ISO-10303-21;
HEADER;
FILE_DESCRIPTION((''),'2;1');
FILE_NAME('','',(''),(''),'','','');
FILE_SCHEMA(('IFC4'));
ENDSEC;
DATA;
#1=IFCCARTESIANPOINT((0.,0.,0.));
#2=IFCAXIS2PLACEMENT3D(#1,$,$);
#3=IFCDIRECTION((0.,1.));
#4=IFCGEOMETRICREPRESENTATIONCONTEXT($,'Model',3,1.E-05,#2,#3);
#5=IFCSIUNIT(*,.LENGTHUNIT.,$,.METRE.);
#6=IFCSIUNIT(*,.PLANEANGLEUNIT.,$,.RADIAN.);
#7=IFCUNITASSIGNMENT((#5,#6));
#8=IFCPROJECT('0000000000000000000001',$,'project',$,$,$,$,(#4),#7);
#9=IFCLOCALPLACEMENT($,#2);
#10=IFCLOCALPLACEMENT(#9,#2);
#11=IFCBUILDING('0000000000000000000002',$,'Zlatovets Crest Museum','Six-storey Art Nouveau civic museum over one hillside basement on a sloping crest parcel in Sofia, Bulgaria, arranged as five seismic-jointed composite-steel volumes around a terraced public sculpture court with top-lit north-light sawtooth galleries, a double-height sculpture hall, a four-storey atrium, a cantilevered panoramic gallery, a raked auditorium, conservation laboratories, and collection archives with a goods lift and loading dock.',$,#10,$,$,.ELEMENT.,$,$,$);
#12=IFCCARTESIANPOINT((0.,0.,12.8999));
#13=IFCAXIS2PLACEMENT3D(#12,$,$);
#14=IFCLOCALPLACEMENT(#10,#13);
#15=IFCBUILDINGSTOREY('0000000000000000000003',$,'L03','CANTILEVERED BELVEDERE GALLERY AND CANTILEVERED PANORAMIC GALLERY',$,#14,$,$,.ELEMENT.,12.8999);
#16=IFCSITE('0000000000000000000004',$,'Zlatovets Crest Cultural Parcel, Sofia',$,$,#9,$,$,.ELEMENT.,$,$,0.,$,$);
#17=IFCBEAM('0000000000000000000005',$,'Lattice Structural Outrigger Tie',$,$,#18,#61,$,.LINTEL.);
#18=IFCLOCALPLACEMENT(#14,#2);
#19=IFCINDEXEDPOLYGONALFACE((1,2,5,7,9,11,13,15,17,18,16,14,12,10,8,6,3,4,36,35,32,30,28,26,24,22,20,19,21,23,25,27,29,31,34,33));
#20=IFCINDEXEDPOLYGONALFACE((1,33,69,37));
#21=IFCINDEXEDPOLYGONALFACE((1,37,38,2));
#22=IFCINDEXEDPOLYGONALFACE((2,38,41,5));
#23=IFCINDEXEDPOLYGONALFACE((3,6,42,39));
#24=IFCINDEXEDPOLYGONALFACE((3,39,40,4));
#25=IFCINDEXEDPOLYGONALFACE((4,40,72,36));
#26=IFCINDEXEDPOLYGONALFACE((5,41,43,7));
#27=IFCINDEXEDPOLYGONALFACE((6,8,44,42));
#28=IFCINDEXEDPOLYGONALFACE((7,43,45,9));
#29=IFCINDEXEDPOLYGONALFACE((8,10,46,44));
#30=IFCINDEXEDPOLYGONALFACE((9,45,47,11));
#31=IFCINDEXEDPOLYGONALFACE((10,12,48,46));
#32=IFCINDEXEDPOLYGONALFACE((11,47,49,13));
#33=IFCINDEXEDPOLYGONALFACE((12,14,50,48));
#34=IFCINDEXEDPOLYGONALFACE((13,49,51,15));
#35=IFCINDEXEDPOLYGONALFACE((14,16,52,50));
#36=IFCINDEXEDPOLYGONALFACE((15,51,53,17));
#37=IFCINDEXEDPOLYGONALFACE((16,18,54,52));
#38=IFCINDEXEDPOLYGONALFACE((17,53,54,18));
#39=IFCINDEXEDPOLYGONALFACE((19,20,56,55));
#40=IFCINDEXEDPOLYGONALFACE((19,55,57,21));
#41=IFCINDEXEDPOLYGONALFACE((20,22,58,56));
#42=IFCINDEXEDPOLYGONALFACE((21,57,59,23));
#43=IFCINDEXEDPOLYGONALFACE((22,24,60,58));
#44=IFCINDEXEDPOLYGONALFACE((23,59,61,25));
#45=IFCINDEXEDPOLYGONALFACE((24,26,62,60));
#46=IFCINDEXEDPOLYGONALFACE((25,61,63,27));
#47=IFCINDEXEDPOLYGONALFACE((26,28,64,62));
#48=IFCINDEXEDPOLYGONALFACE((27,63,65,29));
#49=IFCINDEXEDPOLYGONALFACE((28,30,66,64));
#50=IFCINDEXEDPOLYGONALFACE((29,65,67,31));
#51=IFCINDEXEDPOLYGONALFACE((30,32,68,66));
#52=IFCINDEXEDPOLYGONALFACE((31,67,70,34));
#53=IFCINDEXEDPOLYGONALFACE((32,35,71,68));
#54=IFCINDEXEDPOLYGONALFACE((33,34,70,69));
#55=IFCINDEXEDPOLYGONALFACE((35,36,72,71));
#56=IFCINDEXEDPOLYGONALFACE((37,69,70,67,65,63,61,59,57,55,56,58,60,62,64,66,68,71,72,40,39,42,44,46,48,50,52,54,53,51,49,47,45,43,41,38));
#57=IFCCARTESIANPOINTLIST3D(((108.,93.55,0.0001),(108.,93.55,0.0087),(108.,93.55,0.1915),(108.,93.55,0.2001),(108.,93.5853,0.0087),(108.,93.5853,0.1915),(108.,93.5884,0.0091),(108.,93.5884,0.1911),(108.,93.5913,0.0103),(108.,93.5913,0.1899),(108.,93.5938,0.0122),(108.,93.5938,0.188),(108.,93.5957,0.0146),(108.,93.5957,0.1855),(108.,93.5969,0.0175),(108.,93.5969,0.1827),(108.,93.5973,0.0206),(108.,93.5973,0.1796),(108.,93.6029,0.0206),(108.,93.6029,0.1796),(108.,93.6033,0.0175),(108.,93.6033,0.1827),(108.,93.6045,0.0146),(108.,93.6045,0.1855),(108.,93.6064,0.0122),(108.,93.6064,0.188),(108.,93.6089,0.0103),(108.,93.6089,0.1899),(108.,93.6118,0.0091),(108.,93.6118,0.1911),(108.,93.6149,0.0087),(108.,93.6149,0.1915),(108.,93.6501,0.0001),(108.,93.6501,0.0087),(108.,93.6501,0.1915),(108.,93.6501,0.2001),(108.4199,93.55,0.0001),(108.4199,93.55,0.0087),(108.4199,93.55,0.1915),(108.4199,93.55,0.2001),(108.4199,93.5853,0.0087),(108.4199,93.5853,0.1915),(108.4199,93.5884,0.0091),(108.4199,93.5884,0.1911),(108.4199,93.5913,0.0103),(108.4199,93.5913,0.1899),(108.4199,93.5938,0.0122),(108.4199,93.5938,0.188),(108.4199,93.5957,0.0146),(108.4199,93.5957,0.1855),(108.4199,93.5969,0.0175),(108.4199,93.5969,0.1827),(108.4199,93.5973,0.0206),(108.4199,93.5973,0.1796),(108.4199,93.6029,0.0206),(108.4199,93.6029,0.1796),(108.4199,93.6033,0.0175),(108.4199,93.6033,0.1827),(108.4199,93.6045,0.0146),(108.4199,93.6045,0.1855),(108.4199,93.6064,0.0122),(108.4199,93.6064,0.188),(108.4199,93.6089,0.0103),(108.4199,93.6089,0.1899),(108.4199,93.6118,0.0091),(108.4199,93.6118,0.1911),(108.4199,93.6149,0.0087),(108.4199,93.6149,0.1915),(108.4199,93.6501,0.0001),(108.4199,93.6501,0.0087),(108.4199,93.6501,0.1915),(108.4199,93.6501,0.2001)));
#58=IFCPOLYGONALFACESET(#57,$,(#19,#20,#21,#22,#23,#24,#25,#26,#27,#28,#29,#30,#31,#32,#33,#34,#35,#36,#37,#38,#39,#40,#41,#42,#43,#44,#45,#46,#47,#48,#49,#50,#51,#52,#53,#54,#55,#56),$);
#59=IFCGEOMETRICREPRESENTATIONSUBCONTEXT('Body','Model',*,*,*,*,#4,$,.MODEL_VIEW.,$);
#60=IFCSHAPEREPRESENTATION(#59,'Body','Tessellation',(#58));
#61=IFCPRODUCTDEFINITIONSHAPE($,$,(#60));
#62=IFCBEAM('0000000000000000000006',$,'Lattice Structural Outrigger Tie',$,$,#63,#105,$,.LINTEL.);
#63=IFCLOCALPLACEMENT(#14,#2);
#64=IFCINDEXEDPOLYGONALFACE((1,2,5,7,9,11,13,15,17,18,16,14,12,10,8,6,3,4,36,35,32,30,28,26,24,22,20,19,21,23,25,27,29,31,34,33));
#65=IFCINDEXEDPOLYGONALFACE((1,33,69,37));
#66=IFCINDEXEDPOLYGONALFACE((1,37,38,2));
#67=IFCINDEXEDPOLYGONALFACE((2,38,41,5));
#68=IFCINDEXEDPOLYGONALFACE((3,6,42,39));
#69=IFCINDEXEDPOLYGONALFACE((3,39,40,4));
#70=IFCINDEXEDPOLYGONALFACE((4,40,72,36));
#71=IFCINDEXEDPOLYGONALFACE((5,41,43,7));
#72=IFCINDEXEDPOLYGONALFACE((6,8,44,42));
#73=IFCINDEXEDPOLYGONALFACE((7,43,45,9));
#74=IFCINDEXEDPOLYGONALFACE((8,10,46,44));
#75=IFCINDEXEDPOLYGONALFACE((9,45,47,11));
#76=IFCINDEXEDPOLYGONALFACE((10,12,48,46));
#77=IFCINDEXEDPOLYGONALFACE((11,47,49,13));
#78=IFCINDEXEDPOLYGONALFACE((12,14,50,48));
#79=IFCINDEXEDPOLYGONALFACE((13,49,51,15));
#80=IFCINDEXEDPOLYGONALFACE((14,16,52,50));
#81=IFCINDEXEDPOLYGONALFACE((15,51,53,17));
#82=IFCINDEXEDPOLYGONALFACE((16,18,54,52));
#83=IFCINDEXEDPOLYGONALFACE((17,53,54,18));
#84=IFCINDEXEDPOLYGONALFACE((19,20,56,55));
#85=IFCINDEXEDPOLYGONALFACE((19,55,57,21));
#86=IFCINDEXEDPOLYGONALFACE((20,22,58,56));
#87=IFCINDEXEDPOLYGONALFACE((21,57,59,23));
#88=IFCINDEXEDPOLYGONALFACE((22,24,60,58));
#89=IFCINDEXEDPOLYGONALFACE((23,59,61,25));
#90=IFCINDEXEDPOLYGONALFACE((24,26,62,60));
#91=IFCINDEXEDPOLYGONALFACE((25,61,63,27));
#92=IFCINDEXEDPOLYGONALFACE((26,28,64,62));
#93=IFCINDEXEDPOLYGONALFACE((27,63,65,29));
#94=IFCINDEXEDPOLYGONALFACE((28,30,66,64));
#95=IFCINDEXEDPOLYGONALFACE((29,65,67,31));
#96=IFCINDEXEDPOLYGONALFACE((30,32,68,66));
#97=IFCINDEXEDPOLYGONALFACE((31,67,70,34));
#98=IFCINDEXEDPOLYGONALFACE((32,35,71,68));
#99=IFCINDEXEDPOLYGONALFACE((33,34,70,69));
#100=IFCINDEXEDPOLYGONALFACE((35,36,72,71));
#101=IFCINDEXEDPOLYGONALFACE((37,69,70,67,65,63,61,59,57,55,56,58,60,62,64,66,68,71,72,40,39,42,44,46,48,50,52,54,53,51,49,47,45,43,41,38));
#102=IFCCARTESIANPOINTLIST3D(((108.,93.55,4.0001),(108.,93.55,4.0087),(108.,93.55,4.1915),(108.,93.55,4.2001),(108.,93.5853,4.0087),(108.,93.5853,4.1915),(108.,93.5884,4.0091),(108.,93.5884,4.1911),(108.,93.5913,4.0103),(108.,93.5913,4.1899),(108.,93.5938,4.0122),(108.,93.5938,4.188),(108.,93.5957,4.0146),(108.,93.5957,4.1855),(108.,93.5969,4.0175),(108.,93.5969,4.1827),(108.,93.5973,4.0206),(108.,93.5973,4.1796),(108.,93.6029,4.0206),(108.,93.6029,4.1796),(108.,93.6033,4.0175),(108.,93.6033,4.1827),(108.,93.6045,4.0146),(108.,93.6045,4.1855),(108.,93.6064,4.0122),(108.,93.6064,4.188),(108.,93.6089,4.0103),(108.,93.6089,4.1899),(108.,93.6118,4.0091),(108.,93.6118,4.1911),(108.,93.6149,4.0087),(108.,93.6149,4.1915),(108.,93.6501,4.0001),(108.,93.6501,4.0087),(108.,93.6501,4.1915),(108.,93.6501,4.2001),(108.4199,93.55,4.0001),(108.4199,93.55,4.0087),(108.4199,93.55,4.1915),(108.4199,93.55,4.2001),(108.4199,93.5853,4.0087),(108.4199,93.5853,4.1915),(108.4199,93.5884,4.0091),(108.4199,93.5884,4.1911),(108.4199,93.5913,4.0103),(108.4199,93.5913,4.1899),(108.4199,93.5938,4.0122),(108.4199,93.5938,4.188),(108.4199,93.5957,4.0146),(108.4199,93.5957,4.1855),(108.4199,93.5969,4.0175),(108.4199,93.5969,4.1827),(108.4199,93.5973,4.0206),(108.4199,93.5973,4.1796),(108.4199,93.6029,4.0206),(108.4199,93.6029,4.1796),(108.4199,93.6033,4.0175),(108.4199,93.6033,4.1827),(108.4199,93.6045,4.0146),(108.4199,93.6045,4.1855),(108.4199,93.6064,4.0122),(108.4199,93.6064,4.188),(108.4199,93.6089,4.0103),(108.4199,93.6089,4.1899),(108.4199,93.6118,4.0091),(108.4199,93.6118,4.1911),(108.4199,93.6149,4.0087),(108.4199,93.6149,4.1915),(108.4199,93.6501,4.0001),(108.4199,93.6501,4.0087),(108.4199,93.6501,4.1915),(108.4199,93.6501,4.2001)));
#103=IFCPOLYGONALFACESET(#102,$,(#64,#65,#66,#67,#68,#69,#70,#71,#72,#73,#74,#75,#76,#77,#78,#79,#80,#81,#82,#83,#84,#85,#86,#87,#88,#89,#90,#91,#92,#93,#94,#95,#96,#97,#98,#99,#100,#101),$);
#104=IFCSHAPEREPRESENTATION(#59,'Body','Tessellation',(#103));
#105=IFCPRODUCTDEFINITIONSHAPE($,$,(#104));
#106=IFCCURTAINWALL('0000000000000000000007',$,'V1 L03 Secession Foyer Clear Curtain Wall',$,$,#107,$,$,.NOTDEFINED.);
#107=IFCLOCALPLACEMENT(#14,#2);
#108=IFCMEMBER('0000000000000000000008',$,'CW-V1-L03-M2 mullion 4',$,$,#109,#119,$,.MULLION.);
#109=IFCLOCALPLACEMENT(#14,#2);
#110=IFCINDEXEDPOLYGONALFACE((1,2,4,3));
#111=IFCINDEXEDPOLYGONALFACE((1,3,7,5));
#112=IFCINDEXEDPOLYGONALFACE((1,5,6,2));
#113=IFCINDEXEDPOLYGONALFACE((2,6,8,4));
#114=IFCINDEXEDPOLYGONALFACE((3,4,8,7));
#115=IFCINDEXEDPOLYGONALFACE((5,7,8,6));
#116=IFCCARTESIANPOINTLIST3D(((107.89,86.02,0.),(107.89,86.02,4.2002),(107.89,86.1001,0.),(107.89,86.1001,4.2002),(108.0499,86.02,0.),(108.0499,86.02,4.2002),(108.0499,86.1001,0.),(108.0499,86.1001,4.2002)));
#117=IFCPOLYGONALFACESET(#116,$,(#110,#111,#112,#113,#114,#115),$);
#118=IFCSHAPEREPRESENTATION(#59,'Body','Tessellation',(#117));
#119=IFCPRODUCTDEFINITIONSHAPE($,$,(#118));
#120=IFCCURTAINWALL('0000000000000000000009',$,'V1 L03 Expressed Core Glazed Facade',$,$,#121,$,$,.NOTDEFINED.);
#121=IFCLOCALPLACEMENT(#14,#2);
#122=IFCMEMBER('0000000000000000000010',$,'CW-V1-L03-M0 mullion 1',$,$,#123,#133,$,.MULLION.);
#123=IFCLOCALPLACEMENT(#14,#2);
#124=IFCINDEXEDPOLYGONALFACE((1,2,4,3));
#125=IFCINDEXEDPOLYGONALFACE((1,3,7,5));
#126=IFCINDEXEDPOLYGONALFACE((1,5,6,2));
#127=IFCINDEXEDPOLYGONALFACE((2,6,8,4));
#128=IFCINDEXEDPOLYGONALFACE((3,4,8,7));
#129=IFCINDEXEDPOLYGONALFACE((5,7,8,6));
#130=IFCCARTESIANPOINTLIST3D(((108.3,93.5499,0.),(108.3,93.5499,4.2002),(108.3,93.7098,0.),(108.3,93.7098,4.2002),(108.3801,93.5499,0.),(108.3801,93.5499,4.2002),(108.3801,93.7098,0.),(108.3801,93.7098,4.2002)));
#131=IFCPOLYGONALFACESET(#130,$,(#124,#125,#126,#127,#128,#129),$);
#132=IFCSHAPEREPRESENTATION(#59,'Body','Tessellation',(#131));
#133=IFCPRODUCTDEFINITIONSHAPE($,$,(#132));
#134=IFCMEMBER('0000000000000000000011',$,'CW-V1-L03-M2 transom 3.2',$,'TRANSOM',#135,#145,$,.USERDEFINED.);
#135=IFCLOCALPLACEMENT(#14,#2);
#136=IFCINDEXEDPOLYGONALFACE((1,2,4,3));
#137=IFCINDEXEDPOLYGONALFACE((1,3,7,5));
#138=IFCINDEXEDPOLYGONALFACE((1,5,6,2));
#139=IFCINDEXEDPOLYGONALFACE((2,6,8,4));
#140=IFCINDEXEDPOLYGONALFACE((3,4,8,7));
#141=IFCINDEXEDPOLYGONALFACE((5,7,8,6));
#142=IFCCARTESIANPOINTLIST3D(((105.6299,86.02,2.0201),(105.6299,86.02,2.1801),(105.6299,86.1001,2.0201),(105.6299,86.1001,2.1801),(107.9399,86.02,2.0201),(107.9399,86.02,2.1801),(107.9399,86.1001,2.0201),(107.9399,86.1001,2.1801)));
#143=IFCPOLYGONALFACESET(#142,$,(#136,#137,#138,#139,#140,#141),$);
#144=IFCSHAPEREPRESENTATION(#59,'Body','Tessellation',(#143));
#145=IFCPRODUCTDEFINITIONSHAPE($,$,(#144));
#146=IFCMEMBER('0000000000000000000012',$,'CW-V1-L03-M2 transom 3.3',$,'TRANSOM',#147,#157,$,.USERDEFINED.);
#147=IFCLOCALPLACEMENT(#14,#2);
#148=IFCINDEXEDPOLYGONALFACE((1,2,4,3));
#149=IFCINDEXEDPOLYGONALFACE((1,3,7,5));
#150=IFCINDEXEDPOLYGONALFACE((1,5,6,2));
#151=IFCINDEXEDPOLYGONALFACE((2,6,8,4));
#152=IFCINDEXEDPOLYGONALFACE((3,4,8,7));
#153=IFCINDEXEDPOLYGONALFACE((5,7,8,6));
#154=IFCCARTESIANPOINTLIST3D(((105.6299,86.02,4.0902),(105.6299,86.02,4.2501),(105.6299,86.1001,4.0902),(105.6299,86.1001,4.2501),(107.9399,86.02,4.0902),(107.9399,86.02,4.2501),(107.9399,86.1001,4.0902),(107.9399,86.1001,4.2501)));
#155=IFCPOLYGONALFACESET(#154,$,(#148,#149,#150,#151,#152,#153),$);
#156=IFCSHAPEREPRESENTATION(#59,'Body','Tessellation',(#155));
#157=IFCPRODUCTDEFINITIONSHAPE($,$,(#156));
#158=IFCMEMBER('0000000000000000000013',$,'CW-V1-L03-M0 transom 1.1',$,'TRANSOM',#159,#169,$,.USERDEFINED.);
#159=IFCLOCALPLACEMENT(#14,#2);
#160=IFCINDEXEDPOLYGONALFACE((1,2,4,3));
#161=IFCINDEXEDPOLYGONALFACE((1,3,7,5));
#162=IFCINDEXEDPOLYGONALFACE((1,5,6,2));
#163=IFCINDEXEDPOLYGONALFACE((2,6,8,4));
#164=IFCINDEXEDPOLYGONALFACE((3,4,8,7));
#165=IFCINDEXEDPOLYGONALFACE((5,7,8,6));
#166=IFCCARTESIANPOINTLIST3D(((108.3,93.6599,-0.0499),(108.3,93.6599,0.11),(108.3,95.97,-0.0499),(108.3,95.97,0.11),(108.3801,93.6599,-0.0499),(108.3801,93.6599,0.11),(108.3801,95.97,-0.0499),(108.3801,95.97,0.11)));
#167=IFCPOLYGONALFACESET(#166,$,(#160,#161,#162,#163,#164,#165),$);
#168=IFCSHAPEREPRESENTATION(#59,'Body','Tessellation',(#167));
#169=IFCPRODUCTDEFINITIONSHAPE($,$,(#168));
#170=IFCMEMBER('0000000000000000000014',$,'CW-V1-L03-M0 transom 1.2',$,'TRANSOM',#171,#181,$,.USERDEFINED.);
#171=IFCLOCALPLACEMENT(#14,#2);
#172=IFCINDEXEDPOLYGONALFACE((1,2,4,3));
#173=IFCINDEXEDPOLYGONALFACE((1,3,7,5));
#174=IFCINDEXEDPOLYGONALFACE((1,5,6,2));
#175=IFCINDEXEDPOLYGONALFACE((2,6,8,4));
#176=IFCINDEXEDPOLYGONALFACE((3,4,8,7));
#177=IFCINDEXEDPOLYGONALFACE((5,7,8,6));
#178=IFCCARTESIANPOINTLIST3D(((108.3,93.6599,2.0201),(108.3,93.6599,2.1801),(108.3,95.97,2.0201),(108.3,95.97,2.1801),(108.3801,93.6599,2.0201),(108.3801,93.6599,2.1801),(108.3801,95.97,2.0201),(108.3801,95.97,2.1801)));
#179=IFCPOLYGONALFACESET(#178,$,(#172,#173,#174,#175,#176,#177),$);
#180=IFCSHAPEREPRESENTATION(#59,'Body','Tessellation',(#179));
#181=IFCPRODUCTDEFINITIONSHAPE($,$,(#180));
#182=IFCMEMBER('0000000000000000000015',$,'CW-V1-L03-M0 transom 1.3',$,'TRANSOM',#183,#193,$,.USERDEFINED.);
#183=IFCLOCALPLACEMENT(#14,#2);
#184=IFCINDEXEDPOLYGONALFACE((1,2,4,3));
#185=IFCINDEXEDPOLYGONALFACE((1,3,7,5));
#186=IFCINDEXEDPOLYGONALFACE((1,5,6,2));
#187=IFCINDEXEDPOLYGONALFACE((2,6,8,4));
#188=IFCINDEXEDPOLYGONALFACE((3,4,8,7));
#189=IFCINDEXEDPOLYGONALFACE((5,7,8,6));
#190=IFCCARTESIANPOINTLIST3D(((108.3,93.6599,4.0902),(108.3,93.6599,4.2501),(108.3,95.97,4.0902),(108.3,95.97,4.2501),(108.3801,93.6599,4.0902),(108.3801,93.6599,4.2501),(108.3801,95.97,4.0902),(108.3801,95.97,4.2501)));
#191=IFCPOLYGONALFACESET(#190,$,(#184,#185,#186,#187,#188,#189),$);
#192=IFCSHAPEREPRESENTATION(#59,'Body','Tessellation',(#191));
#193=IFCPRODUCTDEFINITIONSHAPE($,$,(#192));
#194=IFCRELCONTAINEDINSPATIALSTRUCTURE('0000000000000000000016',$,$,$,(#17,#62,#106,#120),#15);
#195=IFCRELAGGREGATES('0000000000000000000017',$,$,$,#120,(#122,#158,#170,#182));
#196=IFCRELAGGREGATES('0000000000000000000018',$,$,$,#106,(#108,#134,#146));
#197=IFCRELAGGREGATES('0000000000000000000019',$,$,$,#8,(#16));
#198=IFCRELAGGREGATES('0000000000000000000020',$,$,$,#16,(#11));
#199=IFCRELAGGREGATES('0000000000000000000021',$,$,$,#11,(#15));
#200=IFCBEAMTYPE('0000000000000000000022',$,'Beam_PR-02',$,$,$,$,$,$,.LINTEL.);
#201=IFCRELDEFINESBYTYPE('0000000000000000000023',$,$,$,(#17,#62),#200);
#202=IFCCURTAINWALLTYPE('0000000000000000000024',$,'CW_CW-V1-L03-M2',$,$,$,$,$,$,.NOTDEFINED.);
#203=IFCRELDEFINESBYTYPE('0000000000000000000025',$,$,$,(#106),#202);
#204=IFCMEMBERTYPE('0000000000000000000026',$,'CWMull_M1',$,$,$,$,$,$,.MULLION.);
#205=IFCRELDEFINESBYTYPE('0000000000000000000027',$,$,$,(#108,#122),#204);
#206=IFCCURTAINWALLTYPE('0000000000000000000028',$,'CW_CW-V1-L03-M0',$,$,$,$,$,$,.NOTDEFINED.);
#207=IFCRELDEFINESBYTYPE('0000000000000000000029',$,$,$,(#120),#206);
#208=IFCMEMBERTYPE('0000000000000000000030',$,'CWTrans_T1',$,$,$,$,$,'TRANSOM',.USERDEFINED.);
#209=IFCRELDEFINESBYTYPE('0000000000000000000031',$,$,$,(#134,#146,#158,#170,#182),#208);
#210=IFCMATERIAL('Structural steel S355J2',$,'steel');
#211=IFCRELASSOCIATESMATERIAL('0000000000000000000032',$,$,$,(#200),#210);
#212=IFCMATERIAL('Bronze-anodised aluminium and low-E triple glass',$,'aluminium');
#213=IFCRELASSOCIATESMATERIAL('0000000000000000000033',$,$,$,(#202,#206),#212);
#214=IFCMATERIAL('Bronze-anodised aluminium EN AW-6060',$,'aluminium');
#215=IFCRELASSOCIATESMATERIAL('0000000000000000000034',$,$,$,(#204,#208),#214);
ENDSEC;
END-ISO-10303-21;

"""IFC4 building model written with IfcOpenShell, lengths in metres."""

from ifc_helpers import new_model, si_unit, direction, frame, origin, origin_2d, place, context, subcontext, project, spatial, rectangle, i_section, extrude, material, material_profile, profile_set, type_object, element, aggregate, save


model = new_model("IFC4")

# Units and contexts
model_context = context("Model", 3, precision=1e-05, world=origin(), true_north=direction((0.0, 1.0)))
body_context = subcontext(model_context, "Body", "Model", "MODEL_VIEW")
ifc_project = project(units=[si_unit("LENGTHUNIT", "METRE"), si_unit("PLANEANGLEUNIT", "RADIAN")], contexts=[model_context])

# Site, building, storey
site_placement = place(None, origin())
site = spatial("IfcSite", under=ifc_project, at=site_placement, Name="Zlatovets Crest Cultural Parcel, Sofia", CompositionType="ELEMENT", RefElevation=0.0)
building_placement = place(site_placement, origin())
building = spatial("IfcBuilding", under=site, at=building_placement, Name="Zlatovets Crest Museum", Description="Six-storey Art Nouveau civic museum over one hillside basement on a sloping crest parcel in Sofia, Bulgaria, arranged as five seismic-jointed composite-steel volumes around a terraced public sculpture court with top-lit north-light sawtooth galleries, a double-height sculpture hall, a four-storey atrium, a cantilevered panoramic gallery, a raked auditorium, conservation laboratories, and collection archives with a goods lift and loading dock.", CompositionType="ELEMENT")
storey_placement = place(building_placement, frame((0.0, 0.0, 12.8999)))
storey = spatial("IfcBuildingStorey", under=building, at=storey_placement, Name="L03", Description="CANTILEVERED BELVEDERE GALLERY AND CANTILEVERED PANORAMIC GALLERY", CompositionType="ELEMENT", Elevation=12.8999)

# Shared definitions
ifc_material_1 = material(Name="Structural steel S355J2", Category="steel")

# Beams
ifc_material_profile_1 = material_profile(ifc_material_1, i_section(OverallWidth=0.1001, OverallDepth=0.2, WebThickness=0.0056, FlangeThickness=0.0085, FilletRadius=0.012, at=origin_2d()), Name="IPE 200")
ifc_profile_set_1 = profile_set([ifc_material_profile_1], Name="Structural steel S355J2")
beam_type_1 = type_object("IfcBeamType", Name="Beam_PR-02", PredefinedType="LINTEL", material=ifc_profile_set_1)
for number, where, z_axis, x_axis, name in (
    (1, (108.0, 93.6001, 0.1001), (1.0, 0.0, 0.0), (0.0, 1.0, 0.0), "Lattice Structural Outrigger Tie"),
    (2, (108.0, 93.6001, 4.1001), (1.0, 0.0, 0.0), (0.0, 1.0, 0.0), "Lattice Structural Outrigger Tie"),
):
    element("IfcBeam", number, at=place(storey_placement, frame(where, z_axis=z_axis, x_axis=x_axis)), inside=storey, type_object=beam_type_1, Name=name, PredefinedType="LINTEL", context=body_context, shape_type="SweptSolid", body=[
        extrude(i_section(OverallWidth=0.1001, OverallDepth=0.2, WebThickness=0.0056, FlangeThickness=0.0085, FilletRadius=0.012, at=origin_2d()), origin(), (0.0, 0.0, 1.0), 0.4199),
    ])

# Curtain walls, members
ifc_material_2 = material(Name="Bronze-anodised aluminium and low-E triple glass", Category="aluminium")
curtain_wall_type_1 = type_object("IfcCurtainWallType", Name="CW_CW-V1-L03-M2", PredefinedType="NOTDEFINED", material=ifc_material_2)
curtain_wall_1_placement = place(storey_placement, origin())
curtain_wall_1 = element("IfcCurtainWall", 3, at=curtain_wall_1_placement, inside=storey, type_object=curtain_wall_type_1, Name="V1 L03 Secession Foyer Clear Curtain Wall", PredefinedType="NOTDEFINED")
ifc_material_3 = material(Name="Bronze-anodised aluminium EN AW-6060", Category="aluminium")
ifc_material_profile_2 = material_profile(ifc_material_3, rectangle(XDim=0.0801, YDim=0.1599, at=origin_2d()), Name="ALU 80x160")
ifc_profile_set_2 = profile_set([ifc_material_profile_2], Name="Bronze-anodised aluminium EN AW-6060")
member_type_1 = type_object("IfcMemberType", Name="CWMull_M1", PredefinedType="MULLION", material=ifc_profile_set_2)
member_1_placement = place(storey_placement, frame((107.97, 86.0601, 0.0), z_axis=(0.0, 0.0, 1.0), x_axis=(0.0, 1.0, 0.0)))
member_1 = element("IfcMember", 4, at=member_1_placement, type_object=member_type_1, Name="CW-V1-L03-M2 mullion 4", PredefinedType="MULLION", context=body_context, shape_type="SweptSolid", body=[
    extrude(rectangle(XDim=0.0801, YDim=0.1599, at=origin_2d()), origin(), (0.0, 0.0, 1.0), 4.2002),
])
curtain_wall_type_2 = type_object("IfcCurtainWallType", Name="CW_CW-V1-L03-M0", PredefinedType="NOTDEFINED", material=ifc_material_2)
curtain_wall_2_placement = place(storey_placement, origin())
curtain_wall_2 = element("IfcCurtainWall", 5, at=curtain_wall_2_placement, inside=storey, type_object=curtain_wall_type_2, Name="V1 L03 Expressed Core Glazed Facade", PredefinedType="NOTDEFINED")
member_2_placement = place(storey_placement, frame((108.3401, 93.6299, 0.0), z_axis=(0.0, 0.0, 1.0), x_axis=(-1.0, 0.0, 0.0)))
member_2 = element("IfcMember", 6, at=member_2_placement, type_object=member_type_1, Name="CW-V1-L03-M0 mullion 1", PredefinedType="MULLION", context=body_context, shape_type="SweptSolid", body=[
    extrude(rectangle(XDim=0.0801, YDim=0.1599, at=origin_2d()), origin(), (0.0, 0.0, 1.0), 4.2002),
])

# Members
ifc_material_profile_3 = material_profile(ifc_material_3, rectangle(XDim=0.0801, YDim=0.1599, at=origin_2d()), Name="ALU 80x160")
ifc_profile_set_3 = profile_set([ifc_material_profile_3], Name="Bronze-anodised aluminium EN AW-6060")
member_type_2 = type_object("IfcMemberType", Name="CWTrans_T1", ElementType="TRANSOM", PredefinedType="USERDEFINED", material=ifc_profile_set_3)
member_3_placement = place(storey_placement, frame((105.6299, 86.0601, 2.1001), z_axis=(1.0, 0.0, 0.0), x_axis=(0.0, 1.0, 0.0)))
member_3 = element("IfcMember", 7, at=member_3_placement, type_object=member_type_2, Name="CW-V1-L03-M2 transom 3.2", ObjectType="TRANSOM", PredefinedType="USERDEFINED", context=body_context, shape_type="SweptSolid", body=[
    extrude(rectangle(XDim=0.0801, YDim=0.1599, at=origin_2d()), origin(), (0.0, 0.0, 1.0), 2.3101),
])
member_4_placement = place(storey_placement, frame((105.6299, 86.0601, 4.1702), z_axis=(1.0, 0.0, 0.0), x_axis=(0.0, 1.0, 0.0)))
member_4 = element("IfcMember", 8, at=member_4_placement, type_object=member_type_2, Name="CW-V1-L03-M2 transom 3.3", ObjectType="TRANSOM", PredefinedType="USERDEFINED", context=body_context, shape_type="SweptSolid", body=[
    extrude(rectangle(XDim=0.0801, YDim=0.1599, at=origin_2d()), origin(), (0.0, 0.0, 1.0), 2.3101),
])
member_5_placement = place(storey_placement, frame((108.3401, 93.6599, 0.03), z_axis=(0.0, 1.0, 0.0), x_axis=(-1.0, 0.0, 0.0)))
member_5 = element("IfcMember", 9, at=member_5_placement, type_object=member_type_2, Name="CW-V1-L03-M0 transom 1.1", ObjectType="TRANSOM", PredefinedType="USERDEFINED", context=body_context, shape_type="SweptSolid", body=[
    extrude(rectangle(XDim=0.0801, YDim=0.1599, at=origin_2d()), origin(), (0.0, 0.0, 1.0), 2.3101),
])
member_6_placement = place(storey_placement, frame((108.3401, 93.6599, 2.1001), z_axis=(0.0, 1.0, 0.0), x_axis=(-1.0, 0.0, 0.0)))
member_6 = element("IfcMember", 10, at=member_6_placement, type_object=member_type_2, Name="CW-V1-L03-M0 transom 1.2", ObjectType="TRANSOM", PredefinedType="USERDEFINED", context=body_context, shape_type="SweptSolid", body=[
    extrude(rectangle(XDim=0.0801, YDim=0.1599, at=origin_2d()), origin(), (0.0, 0.0, 1.0), 2.3101),
])
member_7_placement = place(storey_placement, frame((108.3401, 93.6599, 4.1702), z_axis=(0.0, 1.0, 0.0), x_axis=(-1.0, 0.0, 0.0)))
member_7 = element("IfcMember", 11, at=member_7_placement, type_object=member_type_2, Name="CW-V1-L03-M0 transom 1.3", ObjectType="TRANSOM", PredefinedType="USERDEFINED", context=body_context, shape_type="SweptSolid", body=[
    extrude(rectangle(XDim=0.0801, YDim=0.1599, at=origin_2d()), origin(), (0.0, 0.0, 1.0), 2.3101),
])

aggregate(curtain_wall_2, [member_2, member_5, member_6, member_7])
aggregate(curtain_wall_1, [member_1, member_3, member_4])

save(model, "model.ifc")
